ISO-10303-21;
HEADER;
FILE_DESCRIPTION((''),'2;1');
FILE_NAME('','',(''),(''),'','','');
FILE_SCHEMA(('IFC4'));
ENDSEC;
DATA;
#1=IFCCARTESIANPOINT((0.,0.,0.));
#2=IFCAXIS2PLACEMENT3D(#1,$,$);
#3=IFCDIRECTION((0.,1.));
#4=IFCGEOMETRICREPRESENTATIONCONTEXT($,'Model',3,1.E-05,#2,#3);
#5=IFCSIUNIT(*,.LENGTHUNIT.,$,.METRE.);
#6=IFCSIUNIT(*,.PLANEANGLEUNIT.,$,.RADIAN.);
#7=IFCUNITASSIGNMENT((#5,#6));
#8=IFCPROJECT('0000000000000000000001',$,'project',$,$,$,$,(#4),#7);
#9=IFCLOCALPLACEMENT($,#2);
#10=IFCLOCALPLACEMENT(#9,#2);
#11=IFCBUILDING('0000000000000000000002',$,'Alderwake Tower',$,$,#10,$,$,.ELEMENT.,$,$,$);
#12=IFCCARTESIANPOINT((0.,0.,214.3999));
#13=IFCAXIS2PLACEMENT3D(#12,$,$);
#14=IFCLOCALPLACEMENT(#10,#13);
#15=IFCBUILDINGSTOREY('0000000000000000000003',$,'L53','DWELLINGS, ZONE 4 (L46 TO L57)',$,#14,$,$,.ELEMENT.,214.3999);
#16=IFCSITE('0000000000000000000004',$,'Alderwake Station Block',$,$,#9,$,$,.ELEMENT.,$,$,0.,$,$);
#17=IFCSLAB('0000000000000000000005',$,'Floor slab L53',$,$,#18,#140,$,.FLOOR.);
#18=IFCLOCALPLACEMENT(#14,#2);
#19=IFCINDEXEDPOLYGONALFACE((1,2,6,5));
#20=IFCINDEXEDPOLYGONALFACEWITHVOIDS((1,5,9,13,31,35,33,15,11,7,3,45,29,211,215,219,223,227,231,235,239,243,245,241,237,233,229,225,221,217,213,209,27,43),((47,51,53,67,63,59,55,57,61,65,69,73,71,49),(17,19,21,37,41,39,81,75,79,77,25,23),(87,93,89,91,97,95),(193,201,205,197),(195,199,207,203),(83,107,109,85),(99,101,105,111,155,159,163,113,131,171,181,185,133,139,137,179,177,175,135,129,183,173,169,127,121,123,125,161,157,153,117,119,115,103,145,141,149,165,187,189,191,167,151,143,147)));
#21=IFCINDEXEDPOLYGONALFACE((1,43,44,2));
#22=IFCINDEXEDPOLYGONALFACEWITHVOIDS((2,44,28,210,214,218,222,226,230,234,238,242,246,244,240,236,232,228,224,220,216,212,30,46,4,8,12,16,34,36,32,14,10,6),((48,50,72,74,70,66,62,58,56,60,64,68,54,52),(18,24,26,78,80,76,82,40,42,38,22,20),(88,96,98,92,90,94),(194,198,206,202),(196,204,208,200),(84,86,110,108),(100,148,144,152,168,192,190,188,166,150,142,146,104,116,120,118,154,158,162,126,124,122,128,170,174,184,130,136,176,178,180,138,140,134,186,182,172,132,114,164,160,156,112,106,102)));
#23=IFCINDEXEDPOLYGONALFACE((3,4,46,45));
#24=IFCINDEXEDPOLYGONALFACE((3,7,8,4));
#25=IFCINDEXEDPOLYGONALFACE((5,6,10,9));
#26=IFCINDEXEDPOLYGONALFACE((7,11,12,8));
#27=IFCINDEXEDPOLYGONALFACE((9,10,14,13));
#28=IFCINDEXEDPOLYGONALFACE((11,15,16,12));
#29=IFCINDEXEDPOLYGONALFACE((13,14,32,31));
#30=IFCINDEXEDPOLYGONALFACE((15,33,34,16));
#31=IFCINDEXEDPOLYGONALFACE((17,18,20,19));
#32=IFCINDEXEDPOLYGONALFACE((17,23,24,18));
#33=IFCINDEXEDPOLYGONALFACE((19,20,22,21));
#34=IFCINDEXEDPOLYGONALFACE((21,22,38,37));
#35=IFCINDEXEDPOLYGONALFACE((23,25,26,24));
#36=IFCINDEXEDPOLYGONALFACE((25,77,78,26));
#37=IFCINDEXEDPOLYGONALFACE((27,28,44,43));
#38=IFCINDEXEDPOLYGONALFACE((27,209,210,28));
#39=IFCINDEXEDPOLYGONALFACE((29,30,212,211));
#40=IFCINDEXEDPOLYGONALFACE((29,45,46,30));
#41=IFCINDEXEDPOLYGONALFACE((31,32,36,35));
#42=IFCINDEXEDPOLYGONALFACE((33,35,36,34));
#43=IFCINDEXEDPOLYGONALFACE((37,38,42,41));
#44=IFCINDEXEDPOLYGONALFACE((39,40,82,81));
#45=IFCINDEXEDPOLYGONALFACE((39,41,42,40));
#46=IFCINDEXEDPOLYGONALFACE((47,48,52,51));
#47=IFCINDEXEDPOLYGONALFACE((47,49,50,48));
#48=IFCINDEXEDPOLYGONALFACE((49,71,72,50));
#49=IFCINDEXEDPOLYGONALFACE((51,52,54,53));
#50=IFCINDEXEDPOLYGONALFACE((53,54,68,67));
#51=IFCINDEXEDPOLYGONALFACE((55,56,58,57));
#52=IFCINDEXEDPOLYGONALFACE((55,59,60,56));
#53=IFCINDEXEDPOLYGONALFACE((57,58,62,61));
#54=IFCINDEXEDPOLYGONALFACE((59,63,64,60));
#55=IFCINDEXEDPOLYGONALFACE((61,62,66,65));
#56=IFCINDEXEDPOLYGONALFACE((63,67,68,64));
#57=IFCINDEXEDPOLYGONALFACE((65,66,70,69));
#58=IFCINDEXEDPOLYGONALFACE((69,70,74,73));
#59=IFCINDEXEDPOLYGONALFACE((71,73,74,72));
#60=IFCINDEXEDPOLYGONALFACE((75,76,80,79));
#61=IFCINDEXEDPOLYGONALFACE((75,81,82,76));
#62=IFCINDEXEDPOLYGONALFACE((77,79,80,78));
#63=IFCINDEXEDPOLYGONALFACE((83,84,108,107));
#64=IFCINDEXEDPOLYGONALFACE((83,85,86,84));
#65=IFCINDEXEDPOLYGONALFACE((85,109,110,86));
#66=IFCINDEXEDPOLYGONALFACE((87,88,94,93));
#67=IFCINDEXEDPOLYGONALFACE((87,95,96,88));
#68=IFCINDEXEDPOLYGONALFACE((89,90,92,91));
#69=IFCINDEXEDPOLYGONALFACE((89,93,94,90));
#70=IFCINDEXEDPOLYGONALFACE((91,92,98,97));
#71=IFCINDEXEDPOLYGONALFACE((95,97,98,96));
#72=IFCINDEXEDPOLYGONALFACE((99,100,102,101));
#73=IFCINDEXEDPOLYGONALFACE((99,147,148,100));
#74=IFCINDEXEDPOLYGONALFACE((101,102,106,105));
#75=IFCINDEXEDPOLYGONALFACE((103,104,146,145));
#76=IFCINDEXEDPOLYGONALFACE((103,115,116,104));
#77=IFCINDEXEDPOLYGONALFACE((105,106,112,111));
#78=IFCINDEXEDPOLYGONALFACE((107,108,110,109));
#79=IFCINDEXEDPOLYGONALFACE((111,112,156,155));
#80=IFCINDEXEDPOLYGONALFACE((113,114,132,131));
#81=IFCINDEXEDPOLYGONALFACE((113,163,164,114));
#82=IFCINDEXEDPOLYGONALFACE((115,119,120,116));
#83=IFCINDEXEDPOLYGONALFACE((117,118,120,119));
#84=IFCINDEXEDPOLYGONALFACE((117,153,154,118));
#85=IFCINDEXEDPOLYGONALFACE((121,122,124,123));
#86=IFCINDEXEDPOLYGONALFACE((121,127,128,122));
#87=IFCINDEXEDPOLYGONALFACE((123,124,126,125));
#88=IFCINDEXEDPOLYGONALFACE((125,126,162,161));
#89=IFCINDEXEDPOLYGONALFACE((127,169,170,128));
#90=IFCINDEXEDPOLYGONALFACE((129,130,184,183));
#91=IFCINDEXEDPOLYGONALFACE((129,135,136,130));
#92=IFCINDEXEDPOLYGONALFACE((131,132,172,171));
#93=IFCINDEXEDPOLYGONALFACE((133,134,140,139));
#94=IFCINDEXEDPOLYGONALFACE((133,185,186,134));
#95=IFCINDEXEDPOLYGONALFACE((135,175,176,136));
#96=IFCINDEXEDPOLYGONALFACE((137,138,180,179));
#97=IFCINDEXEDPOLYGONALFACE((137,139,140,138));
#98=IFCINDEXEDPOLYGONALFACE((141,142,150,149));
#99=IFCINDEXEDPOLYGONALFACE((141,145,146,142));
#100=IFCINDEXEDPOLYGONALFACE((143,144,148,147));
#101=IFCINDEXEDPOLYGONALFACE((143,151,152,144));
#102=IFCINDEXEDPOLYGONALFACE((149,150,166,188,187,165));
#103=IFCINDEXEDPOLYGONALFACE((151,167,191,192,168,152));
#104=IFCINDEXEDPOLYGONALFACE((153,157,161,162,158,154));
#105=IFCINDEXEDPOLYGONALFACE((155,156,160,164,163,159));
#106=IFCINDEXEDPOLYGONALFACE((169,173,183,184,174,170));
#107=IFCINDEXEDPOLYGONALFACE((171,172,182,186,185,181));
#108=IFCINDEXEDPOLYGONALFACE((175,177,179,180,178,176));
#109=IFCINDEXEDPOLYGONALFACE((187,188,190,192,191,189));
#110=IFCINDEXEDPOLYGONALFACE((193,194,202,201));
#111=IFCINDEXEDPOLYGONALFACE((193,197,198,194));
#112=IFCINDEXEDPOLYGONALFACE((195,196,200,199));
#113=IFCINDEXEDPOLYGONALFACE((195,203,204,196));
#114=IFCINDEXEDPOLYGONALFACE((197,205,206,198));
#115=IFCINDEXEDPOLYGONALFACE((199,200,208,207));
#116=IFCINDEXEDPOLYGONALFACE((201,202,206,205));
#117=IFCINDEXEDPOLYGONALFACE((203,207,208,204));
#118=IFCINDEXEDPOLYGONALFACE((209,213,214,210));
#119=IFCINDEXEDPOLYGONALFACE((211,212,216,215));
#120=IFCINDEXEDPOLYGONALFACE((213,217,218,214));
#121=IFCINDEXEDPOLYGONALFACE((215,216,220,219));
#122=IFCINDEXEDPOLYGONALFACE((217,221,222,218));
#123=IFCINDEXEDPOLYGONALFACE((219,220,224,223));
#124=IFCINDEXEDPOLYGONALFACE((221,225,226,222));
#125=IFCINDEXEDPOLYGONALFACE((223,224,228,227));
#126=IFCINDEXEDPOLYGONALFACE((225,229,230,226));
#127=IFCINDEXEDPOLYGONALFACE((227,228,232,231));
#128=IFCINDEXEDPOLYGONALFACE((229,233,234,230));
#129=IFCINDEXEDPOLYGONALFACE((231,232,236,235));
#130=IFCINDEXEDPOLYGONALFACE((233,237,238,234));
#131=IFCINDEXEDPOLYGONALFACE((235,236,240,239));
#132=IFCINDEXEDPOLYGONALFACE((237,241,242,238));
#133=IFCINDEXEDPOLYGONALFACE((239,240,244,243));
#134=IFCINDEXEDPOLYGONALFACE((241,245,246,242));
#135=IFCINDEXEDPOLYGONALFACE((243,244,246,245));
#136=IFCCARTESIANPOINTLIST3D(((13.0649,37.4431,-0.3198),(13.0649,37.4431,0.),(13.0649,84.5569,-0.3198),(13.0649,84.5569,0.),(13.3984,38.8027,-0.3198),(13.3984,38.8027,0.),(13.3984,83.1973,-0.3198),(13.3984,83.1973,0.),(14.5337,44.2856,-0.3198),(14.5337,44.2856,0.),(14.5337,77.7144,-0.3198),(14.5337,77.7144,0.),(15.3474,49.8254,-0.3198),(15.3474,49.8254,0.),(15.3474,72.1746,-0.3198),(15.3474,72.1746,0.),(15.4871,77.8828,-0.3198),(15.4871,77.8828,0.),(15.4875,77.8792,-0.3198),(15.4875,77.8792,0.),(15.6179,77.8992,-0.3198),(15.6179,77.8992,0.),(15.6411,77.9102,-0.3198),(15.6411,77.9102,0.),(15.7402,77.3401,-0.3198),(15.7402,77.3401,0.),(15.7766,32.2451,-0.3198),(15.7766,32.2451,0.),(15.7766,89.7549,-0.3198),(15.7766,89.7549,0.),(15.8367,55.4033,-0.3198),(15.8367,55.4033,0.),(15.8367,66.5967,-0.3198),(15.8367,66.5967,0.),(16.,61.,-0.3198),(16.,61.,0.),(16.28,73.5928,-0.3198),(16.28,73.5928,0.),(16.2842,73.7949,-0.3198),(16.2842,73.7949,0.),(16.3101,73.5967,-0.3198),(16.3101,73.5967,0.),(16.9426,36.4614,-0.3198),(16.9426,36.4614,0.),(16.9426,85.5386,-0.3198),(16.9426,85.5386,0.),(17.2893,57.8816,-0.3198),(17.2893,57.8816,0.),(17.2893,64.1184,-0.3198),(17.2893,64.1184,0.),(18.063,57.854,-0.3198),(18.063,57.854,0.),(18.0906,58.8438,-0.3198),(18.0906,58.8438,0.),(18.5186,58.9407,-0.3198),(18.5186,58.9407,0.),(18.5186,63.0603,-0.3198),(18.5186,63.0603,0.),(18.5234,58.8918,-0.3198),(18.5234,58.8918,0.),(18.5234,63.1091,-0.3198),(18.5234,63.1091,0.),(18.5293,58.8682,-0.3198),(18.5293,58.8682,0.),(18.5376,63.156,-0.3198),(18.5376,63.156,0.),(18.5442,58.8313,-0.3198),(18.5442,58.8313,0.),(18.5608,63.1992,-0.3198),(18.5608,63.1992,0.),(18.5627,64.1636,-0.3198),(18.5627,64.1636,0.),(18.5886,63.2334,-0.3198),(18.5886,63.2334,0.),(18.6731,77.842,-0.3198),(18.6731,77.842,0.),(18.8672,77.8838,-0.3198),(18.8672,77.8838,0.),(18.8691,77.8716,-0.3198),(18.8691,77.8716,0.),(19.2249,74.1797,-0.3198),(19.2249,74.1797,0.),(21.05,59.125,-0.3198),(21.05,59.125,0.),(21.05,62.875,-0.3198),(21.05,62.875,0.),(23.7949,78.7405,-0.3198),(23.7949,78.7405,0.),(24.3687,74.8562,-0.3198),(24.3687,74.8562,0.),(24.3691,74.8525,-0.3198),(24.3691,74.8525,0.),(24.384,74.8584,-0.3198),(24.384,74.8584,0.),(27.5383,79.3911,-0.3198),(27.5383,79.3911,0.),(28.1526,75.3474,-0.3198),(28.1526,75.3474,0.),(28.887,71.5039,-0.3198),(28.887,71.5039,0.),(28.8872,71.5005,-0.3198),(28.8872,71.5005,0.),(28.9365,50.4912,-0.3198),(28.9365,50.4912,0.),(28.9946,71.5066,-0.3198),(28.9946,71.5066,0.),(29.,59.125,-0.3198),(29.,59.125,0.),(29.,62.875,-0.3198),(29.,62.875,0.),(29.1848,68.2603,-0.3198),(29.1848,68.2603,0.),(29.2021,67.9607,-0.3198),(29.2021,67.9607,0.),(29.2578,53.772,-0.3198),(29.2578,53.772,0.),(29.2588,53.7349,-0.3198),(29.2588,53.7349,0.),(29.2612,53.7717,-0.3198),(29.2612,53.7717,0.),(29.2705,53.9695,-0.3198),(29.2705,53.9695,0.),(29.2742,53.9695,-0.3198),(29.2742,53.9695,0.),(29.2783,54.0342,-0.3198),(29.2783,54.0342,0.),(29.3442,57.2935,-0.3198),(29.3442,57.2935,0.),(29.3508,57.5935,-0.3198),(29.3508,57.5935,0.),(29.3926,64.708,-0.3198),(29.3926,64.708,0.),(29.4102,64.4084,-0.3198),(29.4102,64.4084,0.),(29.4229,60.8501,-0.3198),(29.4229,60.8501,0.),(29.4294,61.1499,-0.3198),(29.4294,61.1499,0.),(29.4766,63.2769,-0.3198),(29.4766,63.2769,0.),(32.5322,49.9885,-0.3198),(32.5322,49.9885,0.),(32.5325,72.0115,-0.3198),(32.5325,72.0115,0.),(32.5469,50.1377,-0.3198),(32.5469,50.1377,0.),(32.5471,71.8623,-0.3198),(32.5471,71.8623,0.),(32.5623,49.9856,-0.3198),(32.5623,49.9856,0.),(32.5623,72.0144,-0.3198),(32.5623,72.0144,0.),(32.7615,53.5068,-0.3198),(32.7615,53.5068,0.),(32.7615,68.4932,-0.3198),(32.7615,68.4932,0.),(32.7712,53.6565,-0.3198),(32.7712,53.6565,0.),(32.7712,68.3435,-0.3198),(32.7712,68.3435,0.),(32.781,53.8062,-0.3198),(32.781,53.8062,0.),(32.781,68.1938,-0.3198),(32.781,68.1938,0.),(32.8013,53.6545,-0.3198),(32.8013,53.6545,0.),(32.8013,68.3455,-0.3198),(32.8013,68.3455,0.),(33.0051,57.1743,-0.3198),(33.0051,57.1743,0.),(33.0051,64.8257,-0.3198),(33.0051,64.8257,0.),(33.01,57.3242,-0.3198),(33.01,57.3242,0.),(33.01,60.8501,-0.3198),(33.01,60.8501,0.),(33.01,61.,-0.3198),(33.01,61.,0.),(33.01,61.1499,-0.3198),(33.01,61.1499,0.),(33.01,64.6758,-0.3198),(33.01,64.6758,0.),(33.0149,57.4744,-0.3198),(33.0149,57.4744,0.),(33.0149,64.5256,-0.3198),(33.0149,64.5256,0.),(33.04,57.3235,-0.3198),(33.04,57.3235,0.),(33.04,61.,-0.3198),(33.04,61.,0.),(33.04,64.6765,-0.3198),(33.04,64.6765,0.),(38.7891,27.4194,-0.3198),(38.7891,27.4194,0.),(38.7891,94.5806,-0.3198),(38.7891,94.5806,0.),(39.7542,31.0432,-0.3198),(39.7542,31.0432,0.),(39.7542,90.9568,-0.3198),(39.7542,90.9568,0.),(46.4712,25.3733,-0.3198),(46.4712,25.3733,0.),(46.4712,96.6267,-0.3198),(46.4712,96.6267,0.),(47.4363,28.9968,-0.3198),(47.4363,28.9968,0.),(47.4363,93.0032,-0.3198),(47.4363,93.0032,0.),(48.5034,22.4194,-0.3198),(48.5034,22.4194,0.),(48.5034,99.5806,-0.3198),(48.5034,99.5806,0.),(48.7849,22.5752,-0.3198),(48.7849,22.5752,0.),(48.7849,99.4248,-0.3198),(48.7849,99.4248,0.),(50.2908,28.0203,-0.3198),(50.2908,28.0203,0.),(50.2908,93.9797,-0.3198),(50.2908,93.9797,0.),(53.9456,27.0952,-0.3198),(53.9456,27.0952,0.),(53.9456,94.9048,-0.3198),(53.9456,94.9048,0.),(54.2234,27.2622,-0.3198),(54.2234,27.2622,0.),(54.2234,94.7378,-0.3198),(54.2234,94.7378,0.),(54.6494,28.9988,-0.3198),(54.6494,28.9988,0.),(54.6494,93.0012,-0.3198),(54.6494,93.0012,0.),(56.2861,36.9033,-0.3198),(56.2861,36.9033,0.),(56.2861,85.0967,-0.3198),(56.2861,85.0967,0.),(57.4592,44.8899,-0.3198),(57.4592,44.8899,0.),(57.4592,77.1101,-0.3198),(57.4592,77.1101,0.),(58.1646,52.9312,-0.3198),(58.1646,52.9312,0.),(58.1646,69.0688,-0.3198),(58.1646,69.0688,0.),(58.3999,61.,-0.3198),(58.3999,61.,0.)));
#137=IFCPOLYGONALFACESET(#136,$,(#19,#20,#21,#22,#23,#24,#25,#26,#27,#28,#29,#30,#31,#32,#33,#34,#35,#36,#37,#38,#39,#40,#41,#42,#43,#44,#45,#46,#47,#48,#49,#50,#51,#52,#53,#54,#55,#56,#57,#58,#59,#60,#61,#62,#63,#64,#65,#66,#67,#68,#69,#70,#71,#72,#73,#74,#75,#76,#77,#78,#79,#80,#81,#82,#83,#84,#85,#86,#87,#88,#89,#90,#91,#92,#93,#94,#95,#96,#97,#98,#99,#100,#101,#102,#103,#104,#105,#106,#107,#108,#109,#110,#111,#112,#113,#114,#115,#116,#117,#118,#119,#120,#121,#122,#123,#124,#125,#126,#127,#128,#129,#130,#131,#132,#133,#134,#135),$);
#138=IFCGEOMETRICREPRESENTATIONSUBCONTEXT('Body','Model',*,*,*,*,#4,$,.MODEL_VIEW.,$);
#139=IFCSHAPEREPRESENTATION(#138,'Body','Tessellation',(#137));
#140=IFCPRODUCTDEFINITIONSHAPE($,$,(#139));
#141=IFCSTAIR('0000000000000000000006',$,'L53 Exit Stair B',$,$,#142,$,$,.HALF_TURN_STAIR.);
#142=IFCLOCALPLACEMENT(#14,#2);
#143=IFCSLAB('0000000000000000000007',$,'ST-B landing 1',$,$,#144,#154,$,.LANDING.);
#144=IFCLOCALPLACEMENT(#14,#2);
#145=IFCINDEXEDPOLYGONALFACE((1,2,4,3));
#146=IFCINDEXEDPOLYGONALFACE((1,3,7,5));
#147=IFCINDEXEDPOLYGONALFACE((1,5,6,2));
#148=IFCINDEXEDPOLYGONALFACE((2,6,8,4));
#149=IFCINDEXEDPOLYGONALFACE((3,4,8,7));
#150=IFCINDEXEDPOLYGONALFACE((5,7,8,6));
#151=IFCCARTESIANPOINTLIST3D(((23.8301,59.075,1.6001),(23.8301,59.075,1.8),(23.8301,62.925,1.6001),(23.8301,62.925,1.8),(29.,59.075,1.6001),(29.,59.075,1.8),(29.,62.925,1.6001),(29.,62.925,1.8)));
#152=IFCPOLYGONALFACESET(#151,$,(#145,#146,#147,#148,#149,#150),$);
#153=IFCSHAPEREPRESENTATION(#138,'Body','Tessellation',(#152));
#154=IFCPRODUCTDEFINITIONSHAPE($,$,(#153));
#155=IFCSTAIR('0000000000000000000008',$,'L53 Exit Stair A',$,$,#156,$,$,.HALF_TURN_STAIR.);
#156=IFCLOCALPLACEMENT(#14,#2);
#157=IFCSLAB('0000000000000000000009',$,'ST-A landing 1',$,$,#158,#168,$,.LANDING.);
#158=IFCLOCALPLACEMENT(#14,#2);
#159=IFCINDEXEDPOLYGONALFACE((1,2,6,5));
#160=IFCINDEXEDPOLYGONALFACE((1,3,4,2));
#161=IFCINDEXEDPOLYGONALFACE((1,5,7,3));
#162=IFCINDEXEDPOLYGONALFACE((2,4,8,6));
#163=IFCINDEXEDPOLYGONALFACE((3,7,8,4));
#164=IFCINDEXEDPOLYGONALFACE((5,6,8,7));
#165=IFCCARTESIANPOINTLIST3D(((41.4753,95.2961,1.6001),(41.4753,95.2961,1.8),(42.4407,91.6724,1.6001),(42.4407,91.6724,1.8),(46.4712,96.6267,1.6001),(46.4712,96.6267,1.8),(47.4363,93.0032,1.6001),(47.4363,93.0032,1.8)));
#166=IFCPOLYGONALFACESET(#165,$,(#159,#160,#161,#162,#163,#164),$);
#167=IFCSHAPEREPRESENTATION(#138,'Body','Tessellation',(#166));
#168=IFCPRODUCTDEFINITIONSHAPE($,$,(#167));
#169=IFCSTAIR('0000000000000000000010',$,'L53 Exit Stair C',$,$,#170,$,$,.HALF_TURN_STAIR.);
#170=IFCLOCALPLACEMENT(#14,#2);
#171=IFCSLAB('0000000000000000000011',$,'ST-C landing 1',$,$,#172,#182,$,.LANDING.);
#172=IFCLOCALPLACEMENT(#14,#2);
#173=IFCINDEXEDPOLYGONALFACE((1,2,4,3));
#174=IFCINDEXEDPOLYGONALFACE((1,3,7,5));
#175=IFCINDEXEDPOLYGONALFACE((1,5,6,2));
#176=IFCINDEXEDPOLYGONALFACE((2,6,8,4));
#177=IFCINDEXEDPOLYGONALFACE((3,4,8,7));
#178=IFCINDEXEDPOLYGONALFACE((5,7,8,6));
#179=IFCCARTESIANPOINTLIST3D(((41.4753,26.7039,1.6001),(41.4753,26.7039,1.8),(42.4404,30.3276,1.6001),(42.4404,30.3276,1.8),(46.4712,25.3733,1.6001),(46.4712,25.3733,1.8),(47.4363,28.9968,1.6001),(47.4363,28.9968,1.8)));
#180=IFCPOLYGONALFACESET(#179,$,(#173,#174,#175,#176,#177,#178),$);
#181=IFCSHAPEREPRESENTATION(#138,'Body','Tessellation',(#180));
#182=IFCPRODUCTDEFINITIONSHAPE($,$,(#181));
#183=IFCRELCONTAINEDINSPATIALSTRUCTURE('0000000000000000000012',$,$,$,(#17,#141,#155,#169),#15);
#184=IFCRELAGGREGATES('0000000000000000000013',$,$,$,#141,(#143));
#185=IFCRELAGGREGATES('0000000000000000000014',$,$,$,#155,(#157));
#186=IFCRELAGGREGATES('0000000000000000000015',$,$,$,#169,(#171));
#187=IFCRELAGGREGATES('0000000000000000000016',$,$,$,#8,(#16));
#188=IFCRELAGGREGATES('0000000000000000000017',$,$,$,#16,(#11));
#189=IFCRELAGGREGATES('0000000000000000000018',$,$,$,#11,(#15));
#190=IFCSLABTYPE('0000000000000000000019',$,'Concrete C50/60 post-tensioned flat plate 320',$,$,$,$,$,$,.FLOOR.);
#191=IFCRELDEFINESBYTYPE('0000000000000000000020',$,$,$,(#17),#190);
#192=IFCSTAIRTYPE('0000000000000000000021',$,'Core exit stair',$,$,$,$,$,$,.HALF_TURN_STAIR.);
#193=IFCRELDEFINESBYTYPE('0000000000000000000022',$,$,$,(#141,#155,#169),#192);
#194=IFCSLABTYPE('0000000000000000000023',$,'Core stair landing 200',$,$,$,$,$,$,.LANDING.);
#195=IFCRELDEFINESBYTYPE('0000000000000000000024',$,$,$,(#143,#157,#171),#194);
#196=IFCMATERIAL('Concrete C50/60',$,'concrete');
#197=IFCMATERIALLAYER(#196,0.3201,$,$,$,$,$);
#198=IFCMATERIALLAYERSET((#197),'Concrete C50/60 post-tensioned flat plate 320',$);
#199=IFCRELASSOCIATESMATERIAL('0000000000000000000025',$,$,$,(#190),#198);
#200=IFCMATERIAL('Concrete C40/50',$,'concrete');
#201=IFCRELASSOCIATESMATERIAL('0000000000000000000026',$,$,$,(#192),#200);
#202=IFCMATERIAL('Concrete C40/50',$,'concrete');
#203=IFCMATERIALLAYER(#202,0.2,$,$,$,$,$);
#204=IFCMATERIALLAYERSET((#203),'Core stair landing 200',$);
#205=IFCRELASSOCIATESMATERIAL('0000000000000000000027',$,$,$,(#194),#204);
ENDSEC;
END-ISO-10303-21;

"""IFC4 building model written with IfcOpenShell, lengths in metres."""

from ifc_helpers import new_model, si_unit, direction, frame, origin, place, context, subcontext, project, spatial, polyline, outline, extrude, material, layer, layer_set, type_object, element, aggregate, save


model = new_model("IFC4")

# Units and contexts
model_context = context("Model", 3, precision=1e-05, world=origin(), true_north=direction((0.0, 1.0)))
body_context = subcontext(model_context, "Body", "Model", "MODEL_VIEW")
ifc_project = project(units=[si_unit("LENGTHUNIT", "METRE"), si_unit("PLANEANGLEUNIT", "RADIAN")], contexts=[model_context])

# Site, building, storey
site_placement = place(None, origin())
site = spatial("IfcSite", under=ifc_project, at=site_placement, Name="Alderwake Station Block", CompositionType="ELEMENT", RefElevation=0.0)
building_placement = place(site_placement, origin())
building = spatial("IfcBuilding", under=site, at=building_placement, Name="Alderwake Tower", CompositionType="ELEMENT")
storey_placement = place(building_placement, frame((0.0, 0.0, 214.3999)))
storey = spatial("IfcBuildingStorey", under=building, at=storey_placement, Name="L53", Description="DWELLINGS, ZONE 4 (L46 TO L57)", CompositionType="ELEMENT", Elevation=214.3999)

# Slab
ifc_material_1 = material(Name="Concrete C50/60", Category="concrete")
ifc_layer_1 = layer(ifc_material_1, 0.3201)
ifc_layer_set_1 = layer_set([ifc_layer_1], Name="Concrete C50/60 post-tensioned flat plate 320")
slab_type_1 = type_object("IfcSlabType", Name="Concrete C50/60 post-tensioned flat plate 320", PredefinedType="FLOOR", material=ifc_layer_set_1)
slab_1_placement = place(storey_placement, frame((0.0, 0.0, -0.3198)))
element("IfcSlab", 1, at=slab_1_placement, inside=storey, type_object=slab_type_1, Name="Floor slab L53", PredefinedType="FLOOR", context=body_context, shape_type="SweptSolid", body=[
    extrude(outline(polyline([(13.0649, 37.4431), (13.3984, 38.8027), (14.5337, 44.2856), (15.3474, 49.8254), (15.8367, 55.4033), (16.0, 61.0), (15.8367, 66.5967), (15.3474, 72.1746), (14.5337, 77.7144), (13.3984, 83.1973), (13.0649, 84.5569), (16.9426, 85.5386), (15.7766, 89.7549), (48.5034, 99.5806), (48.7849, 99.4248), (50.2908, 93.9797), (53.9456, 94.9048), (54.2234, 94.7378), (54.6494, 93.0012), (56.2861, 85.0967), (57.4592, 77.1101), (58.1646, 69.0688), (58.3999, 61.0), (58.1646, 52.9312), (57.4592, 44.8899), (56.2861, 36.9033), (54.6494, 28.9988), (54.2234, 27.2622), (53.9456, 27.0952), (50.2908, 28.0203), (48.7849, 22.5752), (48.5034, 22.4194), (15.7766, 32.2451), (16.9426, 36.4614), (13.0649, 37.4431)]), holes=[polyline([(29.2578, 53.772), (28.9365, 50.4912), (32.5469, 50.1377), (32.5322, 49.9885), (32.5623, 49.9856), (32.8013, 53.6545), (33.04, 57.3235), (33.04, 61.0), (33.04, 64.6765), (32.8013, 68.3455), (32.5623, 72.0144), (32.5325, 72.0115), (32.5471, 71.8623), (28.887, 71.5039), (28.8872, 71.5005), (28.9946, 71.5066), (29.1848, 68.2603), (32.7615, 68.4932), (32.7712, 68.3435), (32.781, 68.1938), (29.2021, 67.9607), (29.3926, 64.708), (33.0051, 64.8257), (33.01, 64.6758), (33.0149, 64.5256), (29.4102, 64.4084), (29.4766, 63.2769), (29.4294, 61.1499), (33.01, 61.1499), (33.01, 61.0), (33.01, 60.8501), (29.4229, 60.8501), (29.3508, 57.5935), (33.0149, 57.4744), (33.01, 57.3242), (33.0051, 57.1743), (29.3442, 57.2935), (29.2705, 53.9695), (29.2742, 53.9695), (29.2783, 54.0342), (32.781, 53.8062), (32.7712, 53.6565), (32.7615, 53.5068), (29.2588, 53.7349), (29.2612, 53.7717), (29.2578, 53.772)]), polyline([(21.05, 62.875), (21.05, 59.125), (29.0, 59.125), (29.0, 62.875), (21.05, 62.875)]), polyline([(15.6411, 77.9102), (15.4871, 77.8828), (15.4875, 77.8792), (15.6179, 77.8992), (16.28, 73.5928), (16.3101, 73.5967), (16.2842, 73.7949), (19.2249, 74.1797), (18.6731, 77.842), (18.8691, 77.8716), (18.8672, 77.8838), (15.7402, 77.3401), (15.6411, 77.9102)]), polyline([(27.5383, 79.3911), (23.7949, 78.7405), (24.384, 74.8584), (24.3687, 74.8562), (24.3691, 74.8525), (28.1526, 75.3474), (27.5383, 79.3911)]), polyline([(47.4363, 28.9968), (39.7542, 31.0432), (38.7891, 27.4194), (46.4712, 25.3733), (47.4363, 28.9968)]), polyline([(46.4712, 96.6267), (38.7891, 94.5806), (39.7542, 90.9568), (47.4363, 93.0032), (46.4712, 96.6267)]), polyline([(17.2893, 64.1184), (17.2893, 57.8816), (18.063, 57.854), (18.0906, 58.8438), (18.5442, 58.8313), (18.5293, 58.8682), (18.5234, 58.8918), (18.5186, 58.9407), (18.5186, 63.0603), (18.5234, 63.1091), (18.5376, 63.156), (18.5608, 63.1992), (18.5886, 63.2334), (18.5627, 64.1636), (17.2893, 64.1184)])]), origin(), (0.0, 0.0, 1.0), 0.3198),
])

# Stairs, slabs
ifc_material_2 = material(Name="Concrete C40/50", Category="concrete")
stair_type = type_object("IfcStairType", Name="Core exit stair", PredefinedType="HALF_TURN_STAIR", material=ifc_material_2)
stair_1_placement = place(storey_placement, origin())
stair_1 = element("IfcStair", 2, at=stair_1_placement, inside=storey, type_object=stair_type, Name="L53 Exit Stair B", PredefinedType="HALF_TURN_STAIR")
ifc_material_3 = material(Name="Concrete C40/50", Category="concrete")
ifc_layer_2 = layer(ifc_material_3, 0.2)
ifc_layer_set_2 = layer_set([ifc_layer_2], Name="Core stair landing 200")
slab_type_2 = type_object("IfcSlabType", Name="Core stair landing 200", PredefinedType="LANDING", material=ifc_layer_set_2)
slab_2_placement = place(storey_placement, frame((0.0, 0.0, 1.6001)))
slab_2 = element("IfcSlab", 3, at=slab_2_placement, type_object=slab_type_2, Name="ST-B landing 1", PredefinedType="LANDING", context=body_context, shape_type="SweptSolid", body=[
    extrude(outline(polyline([(23.8301, 59.075), (29.0, 59.075), (29.0, 62.925), (23.8301, 62.925), (23.8301, 59.075)])), origin(), (0.0, 0.0, 1.0), 0.2),
])
aggregate(stair_1, [slab_2])
stair_2_placement = place(storey_placement, origin())
stair_2 = element("IfcStair", 4, at=stair_2_placement, inside=storey, type_object=stair_type, Name="L53 Exit Stair A", PredefinedType="HALF_TURN_STAIR")
slab_3_placement = place(storey_placement, frame((0.0, 0.0, 1.6001)))
slab_3 = element("IfcSlab", 5, at=slab_3_placement, type_object=slab_type_2, Name="ST-A landing 1", PredefinedType="LANDING", context=body_context, shape_type="SweptSolid", body=[
    extrude(outline(polyline([(42.4407, 91.6724), (47.4363, 93.0032), (46.4712, 96.6267), (41.4753, 95.2961), (42.4407, 91.6724)])), origin(), (0.0, 0.0, 1.0), 0.2),
])
aggregate(stair_2, [slab_3])
stair_3_placement = place(storey_placement, origin())
stair_3 = element("IfcStair", 6, at=stair_3_placement, inside=storey, type_object=stair_type, Name="L53 Exit Stair C", PredefinedType="HALF_TURN_STAIR")
slab_4_placement = place(storey_placement, frame((0.0, 0.0, 1.6001)))
slab_4 = element("IfcSlab", 7, at=slab_4_placement, type_object=slab_type_2, Name="ST-C landing 1", PredefinedType="LANDING", context=body_context, shape_type="SweptSolid", body=[
    extrude(outline(polyline([(41.4753, 26.7039), (46.4712, 25.3733), (47.4363, 28.9968), (42.4404, 30.3276), (41.4753, 26.7039)])), origin(), (0.0, 0.0, 1.0), 0.2),
])
aggregate(stair_3, [slab_4])

save(model, "model.ifc")
